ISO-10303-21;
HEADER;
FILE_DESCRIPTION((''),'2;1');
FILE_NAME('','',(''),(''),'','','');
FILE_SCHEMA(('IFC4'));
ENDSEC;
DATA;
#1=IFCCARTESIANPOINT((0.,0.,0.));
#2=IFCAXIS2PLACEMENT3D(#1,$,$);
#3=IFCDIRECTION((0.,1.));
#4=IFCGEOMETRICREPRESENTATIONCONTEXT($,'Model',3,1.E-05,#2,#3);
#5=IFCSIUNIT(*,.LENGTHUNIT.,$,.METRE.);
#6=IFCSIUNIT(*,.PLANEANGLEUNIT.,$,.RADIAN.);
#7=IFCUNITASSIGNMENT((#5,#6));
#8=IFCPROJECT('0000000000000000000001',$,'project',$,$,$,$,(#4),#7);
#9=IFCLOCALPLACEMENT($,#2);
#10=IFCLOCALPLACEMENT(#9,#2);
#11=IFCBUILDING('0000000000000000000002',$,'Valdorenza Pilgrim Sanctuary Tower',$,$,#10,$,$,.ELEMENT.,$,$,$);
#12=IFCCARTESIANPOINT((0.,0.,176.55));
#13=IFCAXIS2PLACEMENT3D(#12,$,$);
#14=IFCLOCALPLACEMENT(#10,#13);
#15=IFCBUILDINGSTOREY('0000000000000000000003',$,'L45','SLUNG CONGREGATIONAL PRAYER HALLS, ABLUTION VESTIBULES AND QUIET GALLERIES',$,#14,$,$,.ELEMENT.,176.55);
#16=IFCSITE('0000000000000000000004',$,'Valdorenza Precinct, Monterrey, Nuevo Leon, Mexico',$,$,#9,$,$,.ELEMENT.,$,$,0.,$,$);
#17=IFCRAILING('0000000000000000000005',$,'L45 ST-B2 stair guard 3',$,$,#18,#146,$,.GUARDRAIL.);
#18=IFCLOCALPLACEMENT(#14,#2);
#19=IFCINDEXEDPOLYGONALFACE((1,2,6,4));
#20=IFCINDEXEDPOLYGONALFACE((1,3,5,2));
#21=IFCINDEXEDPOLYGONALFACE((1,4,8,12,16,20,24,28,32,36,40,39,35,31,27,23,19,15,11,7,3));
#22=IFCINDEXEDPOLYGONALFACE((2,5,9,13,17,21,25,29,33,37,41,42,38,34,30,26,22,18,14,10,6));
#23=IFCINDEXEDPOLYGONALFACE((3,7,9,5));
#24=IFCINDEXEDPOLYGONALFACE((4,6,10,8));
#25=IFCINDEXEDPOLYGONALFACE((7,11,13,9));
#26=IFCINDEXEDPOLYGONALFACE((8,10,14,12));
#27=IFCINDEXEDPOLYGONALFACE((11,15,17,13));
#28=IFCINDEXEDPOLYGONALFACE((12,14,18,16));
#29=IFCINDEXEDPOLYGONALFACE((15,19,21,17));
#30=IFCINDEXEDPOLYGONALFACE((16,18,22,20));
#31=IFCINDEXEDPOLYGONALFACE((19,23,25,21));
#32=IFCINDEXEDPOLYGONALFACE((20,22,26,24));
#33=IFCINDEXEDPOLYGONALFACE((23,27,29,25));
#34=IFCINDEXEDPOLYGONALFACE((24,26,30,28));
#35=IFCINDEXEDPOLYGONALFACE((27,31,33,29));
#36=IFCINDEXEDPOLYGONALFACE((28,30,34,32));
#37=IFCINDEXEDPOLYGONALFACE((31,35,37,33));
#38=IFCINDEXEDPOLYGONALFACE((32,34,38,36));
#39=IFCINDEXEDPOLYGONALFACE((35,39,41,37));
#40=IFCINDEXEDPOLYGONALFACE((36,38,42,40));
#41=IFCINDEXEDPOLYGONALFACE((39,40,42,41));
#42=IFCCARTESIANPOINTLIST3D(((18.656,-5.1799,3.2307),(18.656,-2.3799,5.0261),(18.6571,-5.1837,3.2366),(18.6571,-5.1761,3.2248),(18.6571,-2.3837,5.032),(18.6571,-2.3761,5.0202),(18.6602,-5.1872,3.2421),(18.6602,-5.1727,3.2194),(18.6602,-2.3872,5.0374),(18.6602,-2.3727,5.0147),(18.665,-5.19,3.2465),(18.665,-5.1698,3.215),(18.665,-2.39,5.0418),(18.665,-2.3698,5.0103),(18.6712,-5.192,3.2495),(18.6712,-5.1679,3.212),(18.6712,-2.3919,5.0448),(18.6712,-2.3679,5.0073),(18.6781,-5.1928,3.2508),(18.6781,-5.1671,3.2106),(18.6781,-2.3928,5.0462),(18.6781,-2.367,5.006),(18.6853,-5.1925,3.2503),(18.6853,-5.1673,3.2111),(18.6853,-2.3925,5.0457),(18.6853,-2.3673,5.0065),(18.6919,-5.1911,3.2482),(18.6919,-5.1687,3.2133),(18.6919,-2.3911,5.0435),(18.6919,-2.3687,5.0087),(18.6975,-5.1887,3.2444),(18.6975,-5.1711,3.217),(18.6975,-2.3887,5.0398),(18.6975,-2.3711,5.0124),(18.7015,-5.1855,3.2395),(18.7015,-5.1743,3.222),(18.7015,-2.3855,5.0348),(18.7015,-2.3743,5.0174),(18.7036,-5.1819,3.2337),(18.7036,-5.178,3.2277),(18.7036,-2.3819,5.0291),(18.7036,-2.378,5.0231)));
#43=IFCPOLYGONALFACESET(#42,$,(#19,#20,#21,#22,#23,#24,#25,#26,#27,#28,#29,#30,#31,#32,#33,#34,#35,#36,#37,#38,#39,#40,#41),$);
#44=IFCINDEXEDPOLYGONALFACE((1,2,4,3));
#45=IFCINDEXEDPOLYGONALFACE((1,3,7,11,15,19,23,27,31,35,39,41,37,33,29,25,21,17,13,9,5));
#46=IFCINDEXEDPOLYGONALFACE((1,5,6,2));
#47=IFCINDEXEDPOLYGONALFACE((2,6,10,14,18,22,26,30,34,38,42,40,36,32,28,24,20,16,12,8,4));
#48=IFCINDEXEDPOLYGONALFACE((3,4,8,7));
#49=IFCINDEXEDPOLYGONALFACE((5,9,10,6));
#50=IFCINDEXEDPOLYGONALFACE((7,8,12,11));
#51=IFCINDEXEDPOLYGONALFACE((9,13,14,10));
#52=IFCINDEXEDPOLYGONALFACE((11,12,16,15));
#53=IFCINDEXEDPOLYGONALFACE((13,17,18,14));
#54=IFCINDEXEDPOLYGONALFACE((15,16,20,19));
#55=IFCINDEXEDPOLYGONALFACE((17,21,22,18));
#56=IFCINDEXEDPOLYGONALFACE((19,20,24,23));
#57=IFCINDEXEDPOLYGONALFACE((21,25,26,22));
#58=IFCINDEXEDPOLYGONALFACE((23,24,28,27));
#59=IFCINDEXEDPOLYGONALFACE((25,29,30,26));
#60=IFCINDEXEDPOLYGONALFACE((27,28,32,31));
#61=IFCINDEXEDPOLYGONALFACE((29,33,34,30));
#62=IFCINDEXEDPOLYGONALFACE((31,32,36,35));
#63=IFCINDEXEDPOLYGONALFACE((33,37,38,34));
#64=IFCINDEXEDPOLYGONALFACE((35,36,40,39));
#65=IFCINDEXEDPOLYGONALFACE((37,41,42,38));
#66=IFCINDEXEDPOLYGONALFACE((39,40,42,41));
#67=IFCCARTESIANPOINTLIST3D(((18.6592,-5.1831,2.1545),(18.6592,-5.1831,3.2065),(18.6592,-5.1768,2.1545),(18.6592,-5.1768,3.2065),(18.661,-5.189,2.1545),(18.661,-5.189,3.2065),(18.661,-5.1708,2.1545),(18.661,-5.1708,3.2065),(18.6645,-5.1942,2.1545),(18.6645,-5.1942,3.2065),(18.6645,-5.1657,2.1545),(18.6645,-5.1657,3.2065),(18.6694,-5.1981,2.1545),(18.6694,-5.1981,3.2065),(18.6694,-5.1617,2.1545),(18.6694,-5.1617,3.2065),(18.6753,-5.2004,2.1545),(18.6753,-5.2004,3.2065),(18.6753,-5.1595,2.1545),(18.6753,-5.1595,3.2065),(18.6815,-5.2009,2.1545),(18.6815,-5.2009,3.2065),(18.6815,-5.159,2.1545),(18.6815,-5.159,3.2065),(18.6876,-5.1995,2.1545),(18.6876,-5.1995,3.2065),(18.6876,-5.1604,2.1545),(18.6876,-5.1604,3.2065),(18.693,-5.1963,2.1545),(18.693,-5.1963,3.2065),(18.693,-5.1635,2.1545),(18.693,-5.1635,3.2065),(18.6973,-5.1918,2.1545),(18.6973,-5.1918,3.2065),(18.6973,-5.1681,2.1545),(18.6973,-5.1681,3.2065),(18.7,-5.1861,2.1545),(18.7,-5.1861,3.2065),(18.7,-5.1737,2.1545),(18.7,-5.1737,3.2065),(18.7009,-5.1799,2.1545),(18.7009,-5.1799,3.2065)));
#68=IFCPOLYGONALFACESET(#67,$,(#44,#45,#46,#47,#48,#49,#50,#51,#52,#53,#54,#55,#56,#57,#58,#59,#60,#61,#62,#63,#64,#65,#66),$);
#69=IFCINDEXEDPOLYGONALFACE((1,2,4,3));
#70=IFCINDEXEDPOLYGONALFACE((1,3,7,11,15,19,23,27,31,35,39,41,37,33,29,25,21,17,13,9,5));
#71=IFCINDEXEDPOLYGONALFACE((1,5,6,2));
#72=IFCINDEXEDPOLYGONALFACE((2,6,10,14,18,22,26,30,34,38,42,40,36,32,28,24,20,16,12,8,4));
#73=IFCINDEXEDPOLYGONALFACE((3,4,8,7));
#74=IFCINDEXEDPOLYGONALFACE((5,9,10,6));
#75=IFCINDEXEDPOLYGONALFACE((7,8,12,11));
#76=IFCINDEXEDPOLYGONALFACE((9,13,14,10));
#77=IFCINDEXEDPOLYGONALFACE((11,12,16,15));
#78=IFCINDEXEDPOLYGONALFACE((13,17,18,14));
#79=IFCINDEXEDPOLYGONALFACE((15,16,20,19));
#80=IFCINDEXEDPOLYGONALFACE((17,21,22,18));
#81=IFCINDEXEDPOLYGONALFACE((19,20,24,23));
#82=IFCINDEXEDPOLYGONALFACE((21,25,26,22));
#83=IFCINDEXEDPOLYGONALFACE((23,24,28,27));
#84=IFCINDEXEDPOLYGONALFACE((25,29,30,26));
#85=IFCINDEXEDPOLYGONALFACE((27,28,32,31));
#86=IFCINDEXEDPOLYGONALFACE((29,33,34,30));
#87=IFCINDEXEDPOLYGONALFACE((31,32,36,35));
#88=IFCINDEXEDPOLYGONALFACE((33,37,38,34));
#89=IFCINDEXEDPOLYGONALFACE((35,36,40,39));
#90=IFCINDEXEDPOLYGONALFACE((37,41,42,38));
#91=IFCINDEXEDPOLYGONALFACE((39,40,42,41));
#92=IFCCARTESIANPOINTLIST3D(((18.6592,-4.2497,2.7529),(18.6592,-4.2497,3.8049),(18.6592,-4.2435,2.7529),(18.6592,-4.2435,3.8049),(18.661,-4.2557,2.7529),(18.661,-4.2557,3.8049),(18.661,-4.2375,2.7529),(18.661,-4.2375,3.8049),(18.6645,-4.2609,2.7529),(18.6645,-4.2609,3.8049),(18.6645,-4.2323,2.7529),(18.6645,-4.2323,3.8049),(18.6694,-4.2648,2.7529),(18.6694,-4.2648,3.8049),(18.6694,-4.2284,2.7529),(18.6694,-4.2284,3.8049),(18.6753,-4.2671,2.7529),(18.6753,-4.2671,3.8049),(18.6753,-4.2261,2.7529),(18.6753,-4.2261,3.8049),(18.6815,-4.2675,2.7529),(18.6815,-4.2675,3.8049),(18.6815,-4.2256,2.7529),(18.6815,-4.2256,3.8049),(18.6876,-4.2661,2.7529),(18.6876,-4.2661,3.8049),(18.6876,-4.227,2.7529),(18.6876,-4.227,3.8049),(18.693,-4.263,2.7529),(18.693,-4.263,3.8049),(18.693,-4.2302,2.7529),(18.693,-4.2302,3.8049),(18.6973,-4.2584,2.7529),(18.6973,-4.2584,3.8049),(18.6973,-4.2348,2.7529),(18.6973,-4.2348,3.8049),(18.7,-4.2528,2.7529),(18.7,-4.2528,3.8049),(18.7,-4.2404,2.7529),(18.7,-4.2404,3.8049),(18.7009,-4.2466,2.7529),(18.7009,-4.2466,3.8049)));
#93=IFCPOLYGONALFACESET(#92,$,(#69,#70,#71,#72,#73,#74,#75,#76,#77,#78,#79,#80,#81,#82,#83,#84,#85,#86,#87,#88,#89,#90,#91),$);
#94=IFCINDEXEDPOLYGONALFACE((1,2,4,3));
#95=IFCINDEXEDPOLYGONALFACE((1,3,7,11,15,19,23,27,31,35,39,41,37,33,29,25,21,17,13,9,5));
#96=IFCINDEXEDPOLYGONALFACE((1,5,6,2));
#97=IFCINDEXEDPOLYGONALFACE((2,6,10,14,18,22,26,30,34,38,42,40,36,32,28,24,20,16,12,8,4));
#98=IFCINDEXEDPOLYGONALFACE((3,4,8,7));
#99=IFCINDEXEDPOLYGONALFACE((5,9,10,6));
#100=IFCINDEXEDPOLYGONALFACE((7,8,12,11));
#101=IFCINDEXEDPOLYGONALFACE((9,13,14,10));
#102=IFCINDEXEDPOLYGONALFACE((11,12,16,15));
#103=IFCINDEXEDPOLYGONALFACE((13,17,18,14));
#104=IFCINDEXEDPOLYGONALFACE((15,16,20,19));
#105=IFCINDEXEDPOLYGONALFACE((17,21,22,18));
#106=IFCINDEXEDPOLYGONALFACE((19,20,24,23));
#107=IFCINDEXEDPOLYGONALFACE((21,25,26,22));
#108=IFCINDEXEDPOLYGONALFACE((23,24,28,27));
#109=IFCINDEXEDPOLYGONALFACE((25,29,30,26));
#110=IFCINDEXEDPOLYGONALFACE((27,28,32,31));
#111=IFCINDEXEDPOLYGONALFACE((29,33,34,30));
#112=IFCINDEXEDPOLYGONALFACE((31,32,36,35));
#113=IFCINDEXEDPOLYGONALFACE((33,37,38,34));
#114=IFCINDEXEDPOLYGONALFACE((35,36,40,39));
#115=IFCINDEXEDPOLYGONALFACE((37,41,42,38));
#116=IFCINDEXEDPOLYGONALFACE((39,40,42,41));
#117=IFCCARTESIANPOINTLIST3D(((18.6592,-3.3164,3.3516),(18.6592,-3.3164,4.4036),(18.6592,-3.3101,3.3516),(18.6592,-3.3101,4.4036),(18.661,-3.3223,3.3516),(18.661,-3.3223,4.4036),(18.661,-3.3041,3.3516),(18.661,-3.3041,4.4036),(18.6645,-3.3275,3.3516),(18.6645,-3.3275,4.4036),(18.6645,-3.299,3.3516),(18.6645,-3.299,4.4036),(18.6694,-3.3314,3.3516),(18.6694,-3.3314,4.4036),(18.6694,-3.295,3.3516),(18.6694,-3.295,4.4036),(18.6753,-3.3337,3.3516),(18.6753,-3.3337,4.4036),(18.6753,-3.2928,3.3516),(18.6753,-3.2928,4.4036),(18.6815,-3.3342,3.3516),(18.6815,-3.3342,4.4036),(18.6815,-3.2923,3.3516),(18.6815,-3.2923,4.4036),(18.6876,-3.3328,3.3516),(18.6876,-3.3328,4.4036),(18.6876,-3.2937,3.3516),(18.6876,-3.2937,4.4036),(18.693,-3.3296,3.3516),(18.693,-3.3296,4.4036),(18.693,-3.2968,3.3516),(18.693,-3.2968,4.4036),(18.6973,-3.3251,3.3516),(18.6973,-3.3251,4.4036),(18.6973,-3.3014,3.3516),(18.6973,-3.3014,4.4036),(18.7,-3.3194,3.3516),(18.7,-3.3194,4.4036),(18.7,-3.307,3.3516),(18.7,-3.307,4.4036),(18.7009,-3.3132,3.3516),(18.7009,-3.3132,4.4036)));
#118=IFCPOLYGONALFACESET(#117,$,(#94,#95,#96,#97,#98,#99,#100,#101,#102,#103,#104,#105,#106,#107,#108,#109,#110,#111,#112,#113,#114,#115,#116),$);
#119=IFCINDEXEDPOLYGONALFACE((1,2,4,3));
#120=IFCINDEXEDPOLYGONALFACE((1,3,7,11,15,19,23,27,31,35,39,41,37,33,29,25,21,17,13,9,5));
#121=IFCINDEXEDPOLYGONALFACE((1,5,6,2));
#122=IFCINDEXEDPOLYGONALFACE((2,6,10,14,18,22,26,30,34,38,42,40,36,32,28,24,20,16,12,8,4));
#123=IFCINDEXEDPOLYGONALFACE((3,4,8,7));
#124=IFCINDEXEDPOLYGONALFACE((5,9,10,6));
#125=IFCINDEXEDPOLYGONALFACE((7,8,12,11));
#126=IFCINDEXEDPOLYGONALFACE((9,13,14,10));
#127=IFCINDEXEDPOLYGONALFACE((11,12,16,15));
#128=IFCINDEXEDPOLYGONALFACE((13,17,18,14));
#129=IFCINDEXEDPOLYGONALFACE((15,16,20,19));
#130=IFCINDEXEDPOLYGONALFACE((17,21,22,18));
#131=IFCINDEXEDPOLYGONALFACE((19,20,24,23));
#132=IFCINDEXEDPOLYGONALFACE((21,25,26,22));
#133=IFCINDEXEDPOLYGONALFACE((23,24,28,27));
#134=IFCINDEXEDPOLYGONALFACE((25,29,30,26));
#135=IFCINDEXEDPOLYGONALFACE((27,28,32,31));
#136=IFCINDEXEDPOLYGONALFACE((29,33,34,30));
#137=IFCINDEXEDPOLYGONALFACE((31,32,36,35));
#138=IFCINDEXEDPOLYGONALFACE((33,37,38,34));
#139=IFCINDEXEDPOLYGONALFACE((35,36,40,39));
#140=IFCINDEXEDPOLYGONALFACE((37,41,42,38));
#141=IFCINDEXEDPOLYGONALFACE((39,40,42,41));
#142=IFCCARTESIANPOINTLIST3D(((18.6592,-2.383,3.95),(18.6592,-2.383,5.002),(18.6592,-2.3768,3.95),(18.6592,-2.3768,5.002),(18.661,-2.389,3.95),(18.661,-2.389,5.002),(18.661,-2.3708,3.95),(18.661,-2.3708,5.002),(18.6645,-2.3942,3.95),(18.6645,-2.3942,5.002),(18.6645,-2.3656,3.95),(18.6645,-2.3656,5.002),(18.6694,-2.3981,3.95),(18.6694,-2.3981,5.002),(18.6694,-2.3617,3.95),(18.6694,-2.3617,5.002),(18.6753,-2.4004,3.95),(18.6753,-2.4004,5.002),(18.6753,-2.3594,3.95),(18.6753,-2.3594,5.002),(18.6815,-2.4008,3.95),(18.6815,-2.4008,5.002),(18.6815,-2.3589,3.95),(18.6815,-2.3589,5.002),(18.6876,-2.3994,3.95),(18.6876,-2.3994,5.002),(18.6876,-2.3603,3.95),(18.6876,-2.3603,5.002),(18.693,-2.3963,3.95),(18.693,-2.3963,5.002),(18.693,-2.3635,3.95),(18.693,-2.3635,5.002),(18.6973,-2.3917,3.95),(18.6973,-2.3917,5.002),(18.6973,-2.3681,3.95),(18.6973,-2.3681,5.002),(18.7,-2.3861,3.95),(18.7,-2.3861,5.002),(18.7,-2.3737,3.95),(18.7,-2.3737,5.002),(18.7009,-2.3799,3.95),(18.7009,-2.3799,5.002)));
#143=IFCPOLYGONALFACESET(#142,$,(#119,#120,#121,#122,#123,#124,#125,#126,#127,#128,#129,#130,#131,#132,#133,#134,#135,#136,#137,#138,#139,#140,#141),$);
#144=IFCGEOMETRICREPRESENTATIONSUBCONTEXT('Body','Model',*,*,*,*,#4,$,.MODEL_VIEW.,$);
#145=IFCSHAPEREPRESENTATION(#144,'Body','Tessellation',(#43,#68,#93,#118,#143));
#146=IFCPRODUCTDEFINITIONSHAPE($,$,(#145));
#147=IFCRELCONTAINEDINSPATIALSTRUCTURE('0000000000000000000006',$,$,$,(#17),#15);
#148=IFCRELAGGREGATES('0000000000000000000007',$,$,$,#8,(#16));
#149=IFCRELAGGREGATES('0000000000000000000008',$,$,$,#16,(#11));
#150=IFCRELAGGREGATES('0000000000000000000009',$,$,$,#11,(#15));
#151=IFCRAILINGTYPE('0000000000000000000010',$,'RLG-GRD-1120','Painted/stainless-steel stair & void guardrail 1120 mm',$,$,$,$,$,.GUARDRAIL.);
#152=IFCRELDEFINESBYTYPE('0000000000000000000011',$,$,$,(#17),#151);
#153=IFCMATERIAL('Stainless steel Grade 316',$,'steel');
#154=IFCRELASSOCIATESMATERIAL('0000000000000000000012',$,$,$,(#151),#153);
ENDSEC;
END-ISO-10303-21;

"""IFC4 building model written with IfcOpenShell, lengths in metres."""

from ifc_helpers import new_model, si_unit, direction, frame, origin, origin_2d, place, context, subcontext, project, spatial, circle, extrude, material, type_object, element, save


model = new_model("IFC4")

# Units and contexts
model_context = context("Model", 3, precision=1e-05, world=origin(), true_north=direction((0.0, 1.0)))
body_context = subcontext(model_context, "Body", "Model", "MODEL_VIEW")
ifc_project = project(units=[si_unit("LENGTHUNIT", "METRE"), si_unit("PLANEANGLEUNIT", "RADIAN")], contexts=[model_context])

# Site, building, storey
site_placement = place(None, origin())
site = spatial("IfcSite", under=ifc_project, at=site_placement, Name="Valdorenza Precinct, Monterrey, Nuevo Leon, Mexico", CompositionType="ELEMENT", RefElevation=0.0)
building_placement = place(site_placement, origin())
building = spatial("IfcBuilding", under=site, at=building_placement, Name="Valdorenza Pilgrim Sanctuary Tower", CompositionType="ELEMENT")
storey_placement = place(building_placement, frame((0.0, 0.0, 176.55)))
storey = spatial("IfcBuildingStorey", under=building, at=storey_placement, Name="L45", Description="SLUNG CONGREGATIONAL PRAYER HALLS, ABLUTION VESTIBULES AND QUIET GALLERIES", CompositionType="ELEMENT", Elevation=176.55)

# Railing
ifc_material_1 = material(Name="Stainless steel Grade 316", Category="steel")
railing_type_1 = type_object("IfcRailingType", Name="RLG-GRD-1120", Description="Painted/stainless-steel stair & void guardrail 1120 mm", PredefinedType="GUARDRAIL", material=ifc_material_1)
railing_1_placement = place(storey_placement, frame((18.6799, -5.1799, 2.1545)))
element("IfcRailing", 1, at=railing_1_placement, inside=storey, type_object=railing_type_1, Name="L45 ST-B2 stair guard 3", PredefinedType="GUARDRAIL", context=body_context, shape_type="SweptSolid", body=[
    extrude(circle(Radius=0.0239, at=origin_2d()), frame((0.0, 0.0, 1.0762), z_axis=(0.0, 0.84181, 0.539774), x_axis=(-1.0, 0.0, 0.0)), (0.0, 0.0, 1.0), 3.3262),
    extrude(circle(Radius=0.021, at=origin_2d()), origin(), (0.0, 0.0, 1.0), 1.052),
    extrude(circle(Radius=0.021, at=origin_2d()), frame((0.0, 0.9333, 0.5984)), (0.0, 0.0, 1.0), 1.052),
    extrude(circle(Radius=0.021, at=origin_2d()), frame((0.0, 1.8667, 1.197)), (0.0, 0.0, 1.0), 1.052),
    extrude(circle(Radius=0.021, at=origin_2d()), frame((0.0, 2.8, 1.7954)), (0.0, 0.0, 1.0), 1.052),
])

save(model, "model.ifc")
